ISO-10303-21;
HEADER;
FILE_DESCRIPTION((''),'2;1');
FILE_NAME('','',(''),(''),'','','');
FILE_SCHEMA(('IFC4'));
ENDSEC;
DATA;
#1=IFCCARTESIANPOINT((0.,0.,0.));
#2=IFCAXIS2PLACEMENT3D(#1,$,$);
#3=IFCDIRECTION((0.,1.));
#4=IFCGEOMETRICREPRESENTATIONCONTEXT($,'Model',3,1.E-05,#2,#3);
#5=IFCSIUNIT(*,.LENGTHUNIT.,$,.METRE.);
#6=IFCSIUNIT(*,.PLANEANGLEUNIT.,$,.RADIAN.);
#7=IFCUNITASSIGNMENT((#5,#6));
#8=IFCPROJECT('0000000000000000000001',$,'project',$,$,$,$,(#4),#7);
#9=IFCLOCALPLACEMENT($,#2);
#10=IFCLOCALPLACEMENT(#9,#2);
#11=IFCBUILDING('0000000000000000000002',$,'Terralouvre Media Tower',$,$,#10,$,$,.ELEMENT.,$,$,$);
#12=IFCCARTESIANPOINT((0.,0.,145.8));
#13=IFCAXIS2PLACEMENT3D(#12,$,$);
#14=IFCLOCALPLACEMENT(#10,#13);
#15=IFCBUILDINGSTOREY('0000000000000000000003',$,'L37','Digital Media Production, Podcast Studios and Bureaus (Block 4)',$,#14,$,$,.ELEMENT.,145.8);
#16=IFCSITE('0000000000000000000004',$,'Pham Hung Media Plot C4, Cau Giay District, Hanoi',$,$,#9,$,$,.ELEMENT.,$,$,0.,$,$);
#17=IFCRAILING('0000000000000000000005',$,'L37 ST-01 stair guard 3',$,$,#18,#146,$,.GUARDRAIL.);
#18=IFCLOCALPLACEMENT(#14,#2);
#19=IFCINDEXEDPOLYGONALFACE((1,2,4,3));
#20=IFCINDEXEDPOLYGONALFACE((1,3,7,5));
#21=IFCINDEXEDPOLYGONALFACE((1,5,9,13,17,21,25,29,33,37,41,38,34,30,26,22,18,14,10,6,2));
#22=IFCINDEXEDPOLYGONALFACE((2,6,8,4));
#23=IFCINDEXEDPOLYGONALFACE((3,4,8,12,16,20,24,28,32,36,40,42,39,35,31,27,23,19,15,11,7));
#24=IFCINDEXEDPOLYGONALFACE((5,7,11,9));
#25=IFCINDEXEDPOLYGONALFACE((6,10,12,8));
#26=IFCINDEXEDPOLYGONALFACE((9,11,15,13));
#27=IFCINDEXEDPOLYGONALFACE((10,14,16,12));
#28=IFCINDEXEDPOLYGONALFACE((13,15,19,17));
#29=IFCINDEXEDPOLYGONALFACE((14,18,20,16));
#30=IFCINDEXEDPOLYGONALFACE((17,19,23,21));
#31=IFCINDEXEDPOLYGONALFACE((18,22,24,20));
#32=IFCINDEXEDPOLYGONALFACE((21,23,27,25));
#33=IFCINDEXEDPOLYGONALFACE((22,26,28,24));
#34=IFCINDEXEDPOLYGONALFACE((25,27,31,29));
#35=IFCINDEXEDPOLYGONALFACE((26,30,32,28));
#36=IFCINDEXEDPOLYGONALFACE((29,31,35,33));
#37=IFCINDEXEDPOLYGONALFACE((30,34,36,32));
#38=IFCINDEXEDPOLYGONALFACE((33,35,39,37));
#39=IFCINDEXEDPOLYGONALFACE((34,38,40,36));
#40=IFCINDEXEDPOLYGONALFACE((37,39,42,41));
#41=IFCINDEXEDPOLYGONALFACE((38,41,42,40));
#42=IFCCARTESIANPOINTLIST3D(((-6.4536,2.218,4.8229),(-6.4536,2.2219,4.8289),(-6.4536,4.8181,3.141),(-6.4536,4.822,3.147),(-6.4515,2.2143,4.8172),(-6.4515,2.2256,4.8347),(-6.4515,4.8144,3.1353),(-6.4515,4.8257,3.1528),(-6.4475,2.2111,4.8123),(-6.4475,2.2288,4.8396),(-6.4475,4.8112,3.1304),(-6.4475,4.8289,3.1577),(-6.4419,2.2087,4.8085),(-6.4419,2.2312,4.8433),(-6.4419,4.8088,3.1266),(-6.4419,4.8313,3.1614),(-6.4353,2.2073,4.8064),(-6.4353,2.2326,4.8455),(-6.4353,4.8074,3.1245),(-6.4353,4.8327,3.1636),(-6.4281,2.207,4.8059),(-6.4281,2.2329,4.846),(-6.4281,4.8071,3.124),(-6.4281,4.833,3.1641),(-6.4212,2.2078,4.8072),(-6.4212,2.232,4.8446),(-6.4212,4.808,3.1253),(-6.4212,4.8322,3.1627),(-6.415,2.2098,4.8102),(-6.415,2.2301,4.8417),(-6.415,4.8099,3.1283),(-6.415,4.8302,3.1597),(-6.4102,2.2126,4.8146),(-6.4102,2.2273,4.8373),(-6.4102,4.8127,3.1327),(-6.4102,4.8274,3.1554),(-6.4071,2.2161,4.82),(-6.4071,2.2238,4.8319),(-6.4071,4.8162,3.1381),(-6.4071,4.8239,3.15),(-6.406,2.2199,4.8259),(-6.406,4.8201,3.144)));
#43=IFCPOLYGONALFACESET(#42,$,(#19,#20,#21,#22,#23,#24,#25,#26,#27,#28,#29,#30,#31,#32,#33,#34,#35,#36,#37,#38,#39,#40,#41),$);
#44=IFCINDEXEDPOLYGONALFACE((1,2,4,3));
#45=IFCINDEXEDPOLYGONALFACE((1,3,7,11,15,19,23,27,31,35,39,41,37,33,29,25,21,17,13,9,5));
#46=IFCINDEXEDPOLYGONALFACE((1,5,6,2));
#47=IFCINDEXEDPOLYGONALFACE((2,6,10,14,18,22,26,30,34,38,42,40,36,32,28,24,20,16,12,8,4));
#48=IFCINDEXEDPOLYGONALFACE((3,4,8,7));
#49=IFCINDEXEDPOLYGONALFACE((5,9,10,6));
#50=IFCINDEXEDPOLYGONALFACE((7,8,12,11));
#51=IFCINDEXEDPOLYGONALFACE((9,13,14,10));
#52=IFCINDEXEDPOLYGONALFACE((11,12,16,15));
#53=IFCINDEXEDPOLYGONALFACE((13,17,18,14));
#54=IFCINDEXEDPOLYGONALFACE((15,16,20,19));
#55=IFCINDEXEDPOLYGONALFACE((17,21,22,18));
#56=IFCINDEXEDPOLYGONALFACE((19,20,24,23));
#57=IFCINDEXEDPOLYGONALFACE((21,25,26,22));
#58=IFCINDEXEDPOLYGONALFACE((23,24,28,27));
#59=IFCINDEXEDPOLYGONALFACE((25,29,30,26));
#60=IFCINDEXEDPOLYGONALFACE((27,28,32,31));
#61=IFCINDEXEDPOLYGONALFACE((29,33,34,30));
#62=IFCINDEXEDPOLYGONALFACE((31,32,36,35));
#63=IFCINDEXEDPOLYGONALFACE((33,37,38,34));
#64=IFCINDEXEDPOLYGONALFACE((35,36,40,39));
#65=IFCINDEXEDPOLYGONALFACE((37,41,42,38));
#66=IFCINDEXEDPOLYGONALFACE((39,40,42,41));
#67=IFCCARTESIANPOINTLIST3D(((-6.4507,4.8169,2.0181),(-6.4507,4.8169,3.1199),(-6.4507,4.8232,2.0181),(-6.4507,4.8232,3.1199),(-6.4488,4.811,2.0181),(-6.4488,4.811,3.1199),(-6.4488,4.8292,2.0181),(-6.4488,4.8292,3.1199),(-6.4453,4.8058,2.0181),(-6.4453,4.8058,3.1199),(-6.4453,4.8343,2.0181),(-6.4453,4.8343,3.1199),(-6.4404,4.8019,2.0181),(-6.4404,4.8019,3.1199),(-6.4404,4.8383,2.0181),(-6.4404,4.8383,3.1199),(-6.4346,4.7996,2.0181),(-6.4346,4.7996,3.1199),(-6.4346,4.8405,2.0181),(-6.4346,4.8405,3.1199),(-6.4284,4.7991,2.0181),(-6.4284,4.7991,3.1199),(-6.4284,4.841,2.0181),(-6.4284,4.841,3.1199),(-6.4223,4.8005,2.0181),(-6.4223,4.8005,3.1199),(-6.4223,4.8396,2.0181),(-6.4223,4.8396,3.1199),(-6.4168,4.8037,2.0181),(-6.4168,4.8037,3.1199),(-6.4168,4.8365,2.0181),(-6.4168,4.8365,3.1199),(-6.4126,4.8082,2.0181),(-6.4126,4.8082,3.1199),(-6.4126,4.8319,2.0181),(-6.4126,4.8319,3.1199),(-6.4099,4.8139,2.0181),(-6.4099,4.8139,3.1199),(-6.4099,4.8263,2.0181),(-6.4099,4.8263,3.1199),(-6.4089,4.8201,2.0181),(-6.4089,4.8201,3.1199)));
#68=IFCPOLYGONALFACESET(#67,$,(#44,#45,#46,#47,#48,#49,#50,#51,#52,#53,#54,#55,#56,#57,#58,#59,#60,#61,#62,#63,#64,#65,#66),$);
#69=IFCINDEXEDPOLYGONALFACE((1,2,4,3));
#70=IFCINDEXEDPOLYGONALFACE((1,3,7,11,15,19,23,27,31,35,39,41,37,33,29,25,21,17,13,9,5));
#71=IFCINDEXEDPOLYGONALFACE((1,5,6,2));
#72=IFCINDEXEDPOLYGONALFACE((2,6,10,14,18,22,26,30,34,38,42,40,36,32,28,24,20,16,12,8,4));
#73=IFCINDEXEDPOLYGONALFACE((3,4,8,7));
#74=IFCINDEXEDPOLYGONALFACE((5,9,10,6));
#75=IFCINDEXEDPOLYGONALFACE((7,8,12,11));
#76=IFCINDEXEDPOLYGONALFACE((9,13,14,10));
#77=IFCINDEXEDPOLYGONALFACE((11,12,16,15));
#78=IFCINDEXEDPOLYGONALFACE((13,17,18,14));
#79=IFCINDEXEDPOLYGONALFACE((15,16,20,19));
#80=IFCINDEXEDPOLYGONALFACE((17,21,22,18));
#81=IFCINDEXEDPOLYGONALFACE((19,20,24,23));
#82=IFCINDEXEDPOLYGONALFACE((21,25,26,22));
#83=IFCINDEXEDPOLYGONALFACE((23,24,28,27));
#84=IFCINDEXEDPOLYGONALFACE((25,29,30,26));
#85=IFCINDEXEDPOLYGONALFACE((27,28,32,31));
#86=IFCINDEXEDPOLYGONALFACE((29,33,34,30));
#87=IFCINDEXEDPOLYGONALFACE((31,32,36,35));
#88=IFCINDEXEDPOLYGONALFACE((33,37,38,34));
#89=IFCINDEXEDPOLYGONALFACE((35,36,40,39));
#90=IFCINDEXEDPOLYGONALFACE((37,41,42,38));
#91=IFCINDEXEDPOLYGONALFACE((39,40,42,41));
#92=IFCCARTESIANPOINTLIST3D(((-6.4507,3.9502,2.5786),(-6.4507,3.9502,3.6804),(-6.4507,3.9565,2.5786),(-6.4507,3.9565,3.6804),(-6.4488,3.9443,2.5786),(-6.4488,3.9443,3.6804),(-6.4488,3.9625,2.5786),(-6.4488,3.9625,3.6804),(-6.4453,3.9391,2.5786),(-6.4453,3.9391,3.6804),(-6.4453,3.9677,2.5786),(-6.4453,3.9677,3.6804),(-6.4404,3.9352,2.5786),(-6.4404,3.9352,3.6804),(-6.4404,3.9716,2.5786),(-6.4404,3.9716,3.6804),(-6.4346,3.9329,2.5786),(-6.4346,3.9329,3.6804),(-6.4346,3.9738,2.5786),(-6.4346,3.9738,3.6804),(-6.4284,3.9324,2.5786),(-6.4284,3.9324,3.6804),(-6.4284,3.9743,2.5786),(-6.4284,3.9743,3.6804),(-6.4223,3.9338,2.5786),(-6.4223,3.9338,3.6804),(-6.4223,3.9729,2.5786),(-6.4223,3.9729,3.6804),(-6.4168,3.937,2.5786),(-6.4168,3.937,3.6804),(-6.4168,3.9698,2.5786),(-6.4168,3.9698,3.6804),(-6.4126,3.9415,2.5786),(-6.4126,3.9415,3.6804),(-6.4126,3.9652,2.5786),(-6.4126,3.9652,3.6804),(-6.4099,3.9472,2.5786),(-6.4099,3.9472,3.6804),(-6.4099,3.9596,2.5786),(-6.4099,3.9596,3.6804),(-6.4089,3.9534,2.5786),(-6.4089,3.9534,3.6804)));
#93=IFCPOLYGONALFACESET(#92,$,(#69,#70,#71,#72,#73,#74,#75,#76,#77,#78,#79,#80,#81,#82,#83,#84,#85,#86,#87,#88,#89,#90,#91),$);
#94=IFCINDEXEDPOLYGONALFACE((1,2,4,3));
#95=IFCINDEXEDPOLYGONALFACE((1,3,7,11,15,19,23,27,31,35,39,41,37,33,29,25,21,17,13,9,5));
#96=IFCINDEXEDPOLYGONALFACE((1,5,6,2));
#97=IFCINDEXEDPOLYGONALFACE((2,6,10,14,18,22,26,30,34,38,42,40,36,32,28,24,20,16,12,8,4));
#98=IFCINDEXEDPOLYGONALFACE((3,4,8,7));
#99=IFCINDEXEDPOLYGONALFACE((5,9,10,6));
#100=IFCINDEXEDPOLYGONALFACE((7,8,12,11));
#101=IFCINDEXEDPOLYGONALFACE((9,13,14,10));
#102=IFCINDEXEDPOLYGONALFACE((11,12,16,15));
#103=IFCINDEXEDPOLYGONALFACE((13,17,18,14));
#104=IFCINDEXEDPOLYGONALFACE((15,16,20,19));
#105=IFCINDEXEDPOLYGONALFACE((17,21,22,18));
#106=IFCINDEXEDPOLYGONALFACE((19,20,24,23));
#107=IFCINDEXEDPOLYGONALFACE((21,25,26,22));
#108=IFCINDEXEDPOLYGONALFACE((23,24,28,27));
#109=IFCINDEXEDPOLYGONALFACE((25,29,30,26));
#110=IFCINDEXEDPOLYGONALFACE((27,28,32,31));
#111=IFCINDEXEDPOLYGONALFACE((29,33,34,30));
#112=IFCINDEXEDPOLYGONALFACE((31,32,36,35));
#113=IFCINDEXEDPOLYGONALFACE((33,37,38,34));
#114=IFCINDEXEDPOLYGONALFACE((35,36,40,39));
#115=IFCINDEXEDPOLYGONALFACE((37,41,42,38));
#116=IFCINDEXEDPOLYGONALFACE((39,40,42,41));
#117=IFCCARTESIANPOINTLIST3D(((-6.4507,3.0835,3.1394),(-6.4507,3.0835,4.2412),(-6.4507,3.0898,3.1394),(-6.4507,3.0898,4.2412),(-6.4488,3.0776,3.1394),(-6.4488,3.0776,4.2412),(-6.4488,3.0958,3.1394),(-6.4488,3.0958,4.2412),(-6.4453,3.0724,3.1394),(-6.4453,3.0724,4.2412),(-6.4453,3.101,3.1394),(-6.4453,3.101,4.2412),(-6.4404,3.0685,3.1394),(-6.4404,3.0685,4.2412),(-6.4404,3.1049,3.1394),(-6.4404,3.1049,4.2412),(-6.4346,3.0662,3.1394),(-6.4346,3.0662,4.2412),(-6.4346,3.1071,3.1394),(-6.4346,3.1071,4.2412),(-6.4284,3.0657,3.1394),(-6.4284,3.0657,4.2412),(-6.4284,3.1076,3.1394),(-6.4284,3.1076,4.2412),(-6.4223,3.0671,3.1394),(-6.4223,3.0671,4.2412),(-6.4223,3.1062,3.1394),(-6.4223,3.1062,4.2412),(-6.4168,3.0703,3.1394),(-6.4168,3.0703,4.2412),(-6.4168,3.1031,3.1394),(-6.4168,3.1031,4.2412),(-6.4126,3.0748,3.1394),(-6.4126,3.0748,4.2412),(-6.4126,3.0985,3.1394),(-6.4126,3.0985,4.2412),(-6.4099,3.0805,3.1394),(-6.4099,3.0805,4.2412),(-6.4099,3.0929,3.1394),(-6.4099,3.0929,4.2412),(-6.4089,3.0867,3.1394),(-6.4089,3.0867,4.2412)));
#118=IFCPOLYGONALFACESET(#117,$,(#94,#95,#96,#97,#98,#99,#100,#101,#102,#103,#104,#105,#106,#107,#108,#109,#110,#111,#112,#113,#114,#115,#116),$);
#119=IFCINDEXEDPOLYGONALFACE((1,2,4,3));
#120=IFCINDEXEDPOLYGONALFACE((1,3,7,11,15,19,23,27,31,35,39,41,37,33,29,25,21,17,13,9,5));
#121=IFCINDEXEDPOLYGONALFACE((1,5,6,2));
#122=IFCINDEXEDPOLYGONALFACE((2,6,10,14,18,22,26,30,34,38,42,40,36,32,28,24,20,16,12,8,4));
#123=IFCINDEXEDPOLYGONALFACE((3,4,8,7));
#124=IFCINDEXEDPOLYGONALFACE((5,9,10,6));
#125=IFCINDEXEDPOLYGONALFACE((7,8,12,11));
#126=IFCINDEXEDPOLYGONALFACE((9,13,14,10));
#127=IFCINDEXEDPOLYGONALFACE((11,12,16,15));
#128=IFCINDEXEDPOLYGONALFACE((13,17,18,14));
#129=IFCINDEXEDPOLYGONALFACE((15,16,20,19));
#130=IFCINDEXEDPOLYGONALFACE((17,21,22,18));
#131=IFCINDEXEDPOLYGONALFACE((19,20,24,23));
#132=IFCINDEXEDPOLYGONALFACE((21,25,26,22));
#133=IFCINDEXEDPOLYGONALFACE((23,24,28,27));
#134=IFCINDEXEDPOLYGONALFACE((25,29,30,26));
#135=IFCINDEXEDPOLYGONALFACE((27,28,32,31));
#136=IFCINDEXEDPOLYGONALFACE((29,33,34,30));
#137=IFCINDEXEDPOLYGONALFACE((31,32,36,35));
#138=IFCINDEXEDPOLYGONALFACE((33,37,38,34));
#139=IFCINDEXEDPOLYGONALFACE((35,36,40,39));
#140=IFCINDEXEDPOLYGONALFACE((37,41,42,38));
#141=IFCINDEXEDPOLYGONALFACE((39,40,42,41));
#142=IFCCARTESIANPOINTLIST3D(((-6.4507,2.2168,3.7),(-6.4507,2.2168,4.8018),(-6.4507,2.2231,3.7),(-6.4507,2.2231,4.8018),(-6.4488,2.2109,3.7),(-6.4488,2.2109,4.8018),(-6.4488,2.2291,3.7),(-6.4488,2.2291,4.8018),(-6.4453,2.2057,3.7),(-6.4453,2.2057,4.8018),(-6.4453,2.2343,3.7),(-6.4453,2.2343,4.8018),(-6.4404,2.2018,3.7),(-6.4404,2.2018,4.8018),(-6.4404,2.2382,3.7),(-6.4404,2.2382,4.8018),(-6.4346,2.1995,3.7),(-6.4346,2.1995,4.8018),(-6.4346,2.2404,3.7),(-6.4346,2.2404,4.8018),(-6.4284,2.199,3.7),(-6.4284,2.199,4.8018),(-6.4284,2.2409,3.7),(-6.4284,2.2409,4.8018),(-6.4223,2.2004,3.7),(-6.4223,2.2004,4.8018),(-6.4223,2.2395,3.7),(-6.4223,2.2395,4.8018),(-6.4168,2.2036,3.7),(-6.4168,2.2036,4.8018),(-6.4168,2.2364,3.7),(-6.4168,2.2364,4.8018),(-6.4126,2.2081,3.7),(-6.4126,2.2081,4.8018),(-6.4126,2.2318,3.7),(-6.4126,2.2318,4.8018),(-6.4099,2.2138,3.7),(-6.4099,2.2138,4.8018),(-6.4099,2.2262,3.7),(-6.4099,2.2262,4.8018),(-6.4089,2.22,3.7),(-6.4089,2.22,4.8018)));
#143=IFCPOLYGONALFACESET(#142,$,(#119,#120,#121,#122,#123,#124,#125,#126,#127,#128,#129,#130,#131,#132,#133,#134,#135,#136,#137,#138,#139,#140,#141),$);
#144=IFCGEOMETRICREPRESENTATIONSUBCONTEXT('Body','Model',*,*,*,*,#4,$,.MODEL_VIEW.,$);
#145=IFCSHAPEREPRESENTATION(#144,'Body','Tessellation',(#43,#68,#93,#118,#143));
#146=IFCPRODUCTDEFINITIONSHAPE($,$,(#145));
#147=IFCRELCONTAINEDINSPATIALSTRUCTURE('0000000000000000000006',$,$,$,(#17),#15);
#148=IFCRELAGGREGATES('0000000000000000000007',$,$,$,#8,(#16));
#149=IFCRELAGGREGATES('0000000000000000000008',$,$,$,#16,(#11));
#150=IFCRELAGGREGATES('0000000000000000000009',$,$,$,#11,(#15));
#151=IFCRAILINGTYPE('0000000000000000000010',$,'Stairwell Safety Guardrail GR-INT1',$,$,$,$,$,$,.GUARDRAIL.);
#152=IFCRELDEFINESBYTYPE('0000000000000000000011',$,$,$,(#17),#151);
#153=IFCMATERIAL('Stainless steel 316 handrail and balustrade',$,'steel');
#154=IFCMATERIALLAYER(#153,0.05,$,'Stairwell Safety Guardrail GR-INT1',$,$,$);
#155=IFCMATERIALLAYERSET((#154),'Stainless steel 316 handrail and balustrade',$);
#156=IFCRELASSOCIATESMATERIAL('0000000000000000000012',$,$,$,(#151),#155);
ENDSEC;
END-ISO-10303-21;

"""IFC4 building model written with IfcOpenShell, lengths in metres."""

from ifc_helpers import new_model, si_unit, direction, frame, origin, origin_2d, place, context, subcontext, project, spatial, circle, extrude, material, layer, layer_set, type_object, element, save


model = new_model("IFC4")

# Units and contexts
model_context = context("Model", 3, precision=1e-05, world=origin(), true_north=direction((0.0, 1.0)))
body_context = subcontext(model_context, "Body", "Model", "MODEL_VIEW")
ifc_project = project(units=[si_unit("LENGTHUNIT", "METRE"), si_unit("PLANEANGLEUNIT", "RADIAN")], contexts=[model_context])

# Site, building, storey
site_placement = place(None, origin())
site = spatial("IfcSite", under=ifc_project, at=site_placement, Name="Pham Hung Media Plot C4, Cau Giay District, Hanoi", CompositionType="ELEMENT", RefElevation=0.0)
building_placement = place(site_placement, origin())
building = spatial("IfcBuilding", under=site, at=building_placement, Name="Terralouvre Media Tower", CompositionType="ELEMENT")
storey_placement = place(building_placement, frame((0.0, 0.0, 145.8)))
storey = spatial("IfcBuildingStorey", under=building, at=storey_placement, Name="L37", Description="Digital Media Production, Podcast Studios and Bureaus (Block 4)", CompositionType="ELEMENT", Elevation=145.8)

# Railing
ifc_material_1 = material(Name="Stainless steel 316 handrail and balustrade", Category="steel")
ifc_layer_1 = layer(ifc_material_1, 0.05, Name="Stairwell Safety Guardrail GR-INT1")
ifc_layer_set_1 = layer_set([ifc_layer_1], Name="Stainless steel 316 handrail and balustrade")
railing_type_1 = type_object("IfcRailingType", Name="Stairwell Safety Guardrail GR-INT1", PredefinedType="GUARDRAIL", material=ifc_layer_set_1)
railing_1_placement = place(storey_placement, frame((-6.4299, 4.8201, 2.0181)))
element("IfcRailing", 1, at=railing_1_placement, inside=storey, type_object=railing_type_1, Name="L37 ST-01 stair guard 3", PredefinedType="GUARDRAIL", context=body_context, shape_type="SweptSolid", body=[
    extrude(circle(Radius=0.0239, at=origin_2d()), frame((0.0, 0.0, 1.126), z_axis=(0.0, -0.839648, 0.54313), x_axis=(1.0, 0.0, 0.0)), (0.0, 0.0, 1.0), 3.0967),
    extrude(circle(Radius=0.021, at=origin_2d()), origin(), (0.0, 0.0, 1.0), 1.1018),
    extrude(circle(Radius=0.021, at=origin_2d()), frame((0.0, -0.8667, 0.5605)), (0.0, 0.0, 1.0), 1.1018),
    extrude(circle(Radius=0.021, at=origin_2d()), frame((0.0, -1.7334, 1.1213)), (0.0, 0.0, 1.0), 1.1018),
    extrude(circle(Radius=0.021, at=origin_2d()), frame((0.0, -2.6001, 1.6819)), (0.0, 0.0, 1.0), 1.1018),
])

save(model, "model.ifc")
